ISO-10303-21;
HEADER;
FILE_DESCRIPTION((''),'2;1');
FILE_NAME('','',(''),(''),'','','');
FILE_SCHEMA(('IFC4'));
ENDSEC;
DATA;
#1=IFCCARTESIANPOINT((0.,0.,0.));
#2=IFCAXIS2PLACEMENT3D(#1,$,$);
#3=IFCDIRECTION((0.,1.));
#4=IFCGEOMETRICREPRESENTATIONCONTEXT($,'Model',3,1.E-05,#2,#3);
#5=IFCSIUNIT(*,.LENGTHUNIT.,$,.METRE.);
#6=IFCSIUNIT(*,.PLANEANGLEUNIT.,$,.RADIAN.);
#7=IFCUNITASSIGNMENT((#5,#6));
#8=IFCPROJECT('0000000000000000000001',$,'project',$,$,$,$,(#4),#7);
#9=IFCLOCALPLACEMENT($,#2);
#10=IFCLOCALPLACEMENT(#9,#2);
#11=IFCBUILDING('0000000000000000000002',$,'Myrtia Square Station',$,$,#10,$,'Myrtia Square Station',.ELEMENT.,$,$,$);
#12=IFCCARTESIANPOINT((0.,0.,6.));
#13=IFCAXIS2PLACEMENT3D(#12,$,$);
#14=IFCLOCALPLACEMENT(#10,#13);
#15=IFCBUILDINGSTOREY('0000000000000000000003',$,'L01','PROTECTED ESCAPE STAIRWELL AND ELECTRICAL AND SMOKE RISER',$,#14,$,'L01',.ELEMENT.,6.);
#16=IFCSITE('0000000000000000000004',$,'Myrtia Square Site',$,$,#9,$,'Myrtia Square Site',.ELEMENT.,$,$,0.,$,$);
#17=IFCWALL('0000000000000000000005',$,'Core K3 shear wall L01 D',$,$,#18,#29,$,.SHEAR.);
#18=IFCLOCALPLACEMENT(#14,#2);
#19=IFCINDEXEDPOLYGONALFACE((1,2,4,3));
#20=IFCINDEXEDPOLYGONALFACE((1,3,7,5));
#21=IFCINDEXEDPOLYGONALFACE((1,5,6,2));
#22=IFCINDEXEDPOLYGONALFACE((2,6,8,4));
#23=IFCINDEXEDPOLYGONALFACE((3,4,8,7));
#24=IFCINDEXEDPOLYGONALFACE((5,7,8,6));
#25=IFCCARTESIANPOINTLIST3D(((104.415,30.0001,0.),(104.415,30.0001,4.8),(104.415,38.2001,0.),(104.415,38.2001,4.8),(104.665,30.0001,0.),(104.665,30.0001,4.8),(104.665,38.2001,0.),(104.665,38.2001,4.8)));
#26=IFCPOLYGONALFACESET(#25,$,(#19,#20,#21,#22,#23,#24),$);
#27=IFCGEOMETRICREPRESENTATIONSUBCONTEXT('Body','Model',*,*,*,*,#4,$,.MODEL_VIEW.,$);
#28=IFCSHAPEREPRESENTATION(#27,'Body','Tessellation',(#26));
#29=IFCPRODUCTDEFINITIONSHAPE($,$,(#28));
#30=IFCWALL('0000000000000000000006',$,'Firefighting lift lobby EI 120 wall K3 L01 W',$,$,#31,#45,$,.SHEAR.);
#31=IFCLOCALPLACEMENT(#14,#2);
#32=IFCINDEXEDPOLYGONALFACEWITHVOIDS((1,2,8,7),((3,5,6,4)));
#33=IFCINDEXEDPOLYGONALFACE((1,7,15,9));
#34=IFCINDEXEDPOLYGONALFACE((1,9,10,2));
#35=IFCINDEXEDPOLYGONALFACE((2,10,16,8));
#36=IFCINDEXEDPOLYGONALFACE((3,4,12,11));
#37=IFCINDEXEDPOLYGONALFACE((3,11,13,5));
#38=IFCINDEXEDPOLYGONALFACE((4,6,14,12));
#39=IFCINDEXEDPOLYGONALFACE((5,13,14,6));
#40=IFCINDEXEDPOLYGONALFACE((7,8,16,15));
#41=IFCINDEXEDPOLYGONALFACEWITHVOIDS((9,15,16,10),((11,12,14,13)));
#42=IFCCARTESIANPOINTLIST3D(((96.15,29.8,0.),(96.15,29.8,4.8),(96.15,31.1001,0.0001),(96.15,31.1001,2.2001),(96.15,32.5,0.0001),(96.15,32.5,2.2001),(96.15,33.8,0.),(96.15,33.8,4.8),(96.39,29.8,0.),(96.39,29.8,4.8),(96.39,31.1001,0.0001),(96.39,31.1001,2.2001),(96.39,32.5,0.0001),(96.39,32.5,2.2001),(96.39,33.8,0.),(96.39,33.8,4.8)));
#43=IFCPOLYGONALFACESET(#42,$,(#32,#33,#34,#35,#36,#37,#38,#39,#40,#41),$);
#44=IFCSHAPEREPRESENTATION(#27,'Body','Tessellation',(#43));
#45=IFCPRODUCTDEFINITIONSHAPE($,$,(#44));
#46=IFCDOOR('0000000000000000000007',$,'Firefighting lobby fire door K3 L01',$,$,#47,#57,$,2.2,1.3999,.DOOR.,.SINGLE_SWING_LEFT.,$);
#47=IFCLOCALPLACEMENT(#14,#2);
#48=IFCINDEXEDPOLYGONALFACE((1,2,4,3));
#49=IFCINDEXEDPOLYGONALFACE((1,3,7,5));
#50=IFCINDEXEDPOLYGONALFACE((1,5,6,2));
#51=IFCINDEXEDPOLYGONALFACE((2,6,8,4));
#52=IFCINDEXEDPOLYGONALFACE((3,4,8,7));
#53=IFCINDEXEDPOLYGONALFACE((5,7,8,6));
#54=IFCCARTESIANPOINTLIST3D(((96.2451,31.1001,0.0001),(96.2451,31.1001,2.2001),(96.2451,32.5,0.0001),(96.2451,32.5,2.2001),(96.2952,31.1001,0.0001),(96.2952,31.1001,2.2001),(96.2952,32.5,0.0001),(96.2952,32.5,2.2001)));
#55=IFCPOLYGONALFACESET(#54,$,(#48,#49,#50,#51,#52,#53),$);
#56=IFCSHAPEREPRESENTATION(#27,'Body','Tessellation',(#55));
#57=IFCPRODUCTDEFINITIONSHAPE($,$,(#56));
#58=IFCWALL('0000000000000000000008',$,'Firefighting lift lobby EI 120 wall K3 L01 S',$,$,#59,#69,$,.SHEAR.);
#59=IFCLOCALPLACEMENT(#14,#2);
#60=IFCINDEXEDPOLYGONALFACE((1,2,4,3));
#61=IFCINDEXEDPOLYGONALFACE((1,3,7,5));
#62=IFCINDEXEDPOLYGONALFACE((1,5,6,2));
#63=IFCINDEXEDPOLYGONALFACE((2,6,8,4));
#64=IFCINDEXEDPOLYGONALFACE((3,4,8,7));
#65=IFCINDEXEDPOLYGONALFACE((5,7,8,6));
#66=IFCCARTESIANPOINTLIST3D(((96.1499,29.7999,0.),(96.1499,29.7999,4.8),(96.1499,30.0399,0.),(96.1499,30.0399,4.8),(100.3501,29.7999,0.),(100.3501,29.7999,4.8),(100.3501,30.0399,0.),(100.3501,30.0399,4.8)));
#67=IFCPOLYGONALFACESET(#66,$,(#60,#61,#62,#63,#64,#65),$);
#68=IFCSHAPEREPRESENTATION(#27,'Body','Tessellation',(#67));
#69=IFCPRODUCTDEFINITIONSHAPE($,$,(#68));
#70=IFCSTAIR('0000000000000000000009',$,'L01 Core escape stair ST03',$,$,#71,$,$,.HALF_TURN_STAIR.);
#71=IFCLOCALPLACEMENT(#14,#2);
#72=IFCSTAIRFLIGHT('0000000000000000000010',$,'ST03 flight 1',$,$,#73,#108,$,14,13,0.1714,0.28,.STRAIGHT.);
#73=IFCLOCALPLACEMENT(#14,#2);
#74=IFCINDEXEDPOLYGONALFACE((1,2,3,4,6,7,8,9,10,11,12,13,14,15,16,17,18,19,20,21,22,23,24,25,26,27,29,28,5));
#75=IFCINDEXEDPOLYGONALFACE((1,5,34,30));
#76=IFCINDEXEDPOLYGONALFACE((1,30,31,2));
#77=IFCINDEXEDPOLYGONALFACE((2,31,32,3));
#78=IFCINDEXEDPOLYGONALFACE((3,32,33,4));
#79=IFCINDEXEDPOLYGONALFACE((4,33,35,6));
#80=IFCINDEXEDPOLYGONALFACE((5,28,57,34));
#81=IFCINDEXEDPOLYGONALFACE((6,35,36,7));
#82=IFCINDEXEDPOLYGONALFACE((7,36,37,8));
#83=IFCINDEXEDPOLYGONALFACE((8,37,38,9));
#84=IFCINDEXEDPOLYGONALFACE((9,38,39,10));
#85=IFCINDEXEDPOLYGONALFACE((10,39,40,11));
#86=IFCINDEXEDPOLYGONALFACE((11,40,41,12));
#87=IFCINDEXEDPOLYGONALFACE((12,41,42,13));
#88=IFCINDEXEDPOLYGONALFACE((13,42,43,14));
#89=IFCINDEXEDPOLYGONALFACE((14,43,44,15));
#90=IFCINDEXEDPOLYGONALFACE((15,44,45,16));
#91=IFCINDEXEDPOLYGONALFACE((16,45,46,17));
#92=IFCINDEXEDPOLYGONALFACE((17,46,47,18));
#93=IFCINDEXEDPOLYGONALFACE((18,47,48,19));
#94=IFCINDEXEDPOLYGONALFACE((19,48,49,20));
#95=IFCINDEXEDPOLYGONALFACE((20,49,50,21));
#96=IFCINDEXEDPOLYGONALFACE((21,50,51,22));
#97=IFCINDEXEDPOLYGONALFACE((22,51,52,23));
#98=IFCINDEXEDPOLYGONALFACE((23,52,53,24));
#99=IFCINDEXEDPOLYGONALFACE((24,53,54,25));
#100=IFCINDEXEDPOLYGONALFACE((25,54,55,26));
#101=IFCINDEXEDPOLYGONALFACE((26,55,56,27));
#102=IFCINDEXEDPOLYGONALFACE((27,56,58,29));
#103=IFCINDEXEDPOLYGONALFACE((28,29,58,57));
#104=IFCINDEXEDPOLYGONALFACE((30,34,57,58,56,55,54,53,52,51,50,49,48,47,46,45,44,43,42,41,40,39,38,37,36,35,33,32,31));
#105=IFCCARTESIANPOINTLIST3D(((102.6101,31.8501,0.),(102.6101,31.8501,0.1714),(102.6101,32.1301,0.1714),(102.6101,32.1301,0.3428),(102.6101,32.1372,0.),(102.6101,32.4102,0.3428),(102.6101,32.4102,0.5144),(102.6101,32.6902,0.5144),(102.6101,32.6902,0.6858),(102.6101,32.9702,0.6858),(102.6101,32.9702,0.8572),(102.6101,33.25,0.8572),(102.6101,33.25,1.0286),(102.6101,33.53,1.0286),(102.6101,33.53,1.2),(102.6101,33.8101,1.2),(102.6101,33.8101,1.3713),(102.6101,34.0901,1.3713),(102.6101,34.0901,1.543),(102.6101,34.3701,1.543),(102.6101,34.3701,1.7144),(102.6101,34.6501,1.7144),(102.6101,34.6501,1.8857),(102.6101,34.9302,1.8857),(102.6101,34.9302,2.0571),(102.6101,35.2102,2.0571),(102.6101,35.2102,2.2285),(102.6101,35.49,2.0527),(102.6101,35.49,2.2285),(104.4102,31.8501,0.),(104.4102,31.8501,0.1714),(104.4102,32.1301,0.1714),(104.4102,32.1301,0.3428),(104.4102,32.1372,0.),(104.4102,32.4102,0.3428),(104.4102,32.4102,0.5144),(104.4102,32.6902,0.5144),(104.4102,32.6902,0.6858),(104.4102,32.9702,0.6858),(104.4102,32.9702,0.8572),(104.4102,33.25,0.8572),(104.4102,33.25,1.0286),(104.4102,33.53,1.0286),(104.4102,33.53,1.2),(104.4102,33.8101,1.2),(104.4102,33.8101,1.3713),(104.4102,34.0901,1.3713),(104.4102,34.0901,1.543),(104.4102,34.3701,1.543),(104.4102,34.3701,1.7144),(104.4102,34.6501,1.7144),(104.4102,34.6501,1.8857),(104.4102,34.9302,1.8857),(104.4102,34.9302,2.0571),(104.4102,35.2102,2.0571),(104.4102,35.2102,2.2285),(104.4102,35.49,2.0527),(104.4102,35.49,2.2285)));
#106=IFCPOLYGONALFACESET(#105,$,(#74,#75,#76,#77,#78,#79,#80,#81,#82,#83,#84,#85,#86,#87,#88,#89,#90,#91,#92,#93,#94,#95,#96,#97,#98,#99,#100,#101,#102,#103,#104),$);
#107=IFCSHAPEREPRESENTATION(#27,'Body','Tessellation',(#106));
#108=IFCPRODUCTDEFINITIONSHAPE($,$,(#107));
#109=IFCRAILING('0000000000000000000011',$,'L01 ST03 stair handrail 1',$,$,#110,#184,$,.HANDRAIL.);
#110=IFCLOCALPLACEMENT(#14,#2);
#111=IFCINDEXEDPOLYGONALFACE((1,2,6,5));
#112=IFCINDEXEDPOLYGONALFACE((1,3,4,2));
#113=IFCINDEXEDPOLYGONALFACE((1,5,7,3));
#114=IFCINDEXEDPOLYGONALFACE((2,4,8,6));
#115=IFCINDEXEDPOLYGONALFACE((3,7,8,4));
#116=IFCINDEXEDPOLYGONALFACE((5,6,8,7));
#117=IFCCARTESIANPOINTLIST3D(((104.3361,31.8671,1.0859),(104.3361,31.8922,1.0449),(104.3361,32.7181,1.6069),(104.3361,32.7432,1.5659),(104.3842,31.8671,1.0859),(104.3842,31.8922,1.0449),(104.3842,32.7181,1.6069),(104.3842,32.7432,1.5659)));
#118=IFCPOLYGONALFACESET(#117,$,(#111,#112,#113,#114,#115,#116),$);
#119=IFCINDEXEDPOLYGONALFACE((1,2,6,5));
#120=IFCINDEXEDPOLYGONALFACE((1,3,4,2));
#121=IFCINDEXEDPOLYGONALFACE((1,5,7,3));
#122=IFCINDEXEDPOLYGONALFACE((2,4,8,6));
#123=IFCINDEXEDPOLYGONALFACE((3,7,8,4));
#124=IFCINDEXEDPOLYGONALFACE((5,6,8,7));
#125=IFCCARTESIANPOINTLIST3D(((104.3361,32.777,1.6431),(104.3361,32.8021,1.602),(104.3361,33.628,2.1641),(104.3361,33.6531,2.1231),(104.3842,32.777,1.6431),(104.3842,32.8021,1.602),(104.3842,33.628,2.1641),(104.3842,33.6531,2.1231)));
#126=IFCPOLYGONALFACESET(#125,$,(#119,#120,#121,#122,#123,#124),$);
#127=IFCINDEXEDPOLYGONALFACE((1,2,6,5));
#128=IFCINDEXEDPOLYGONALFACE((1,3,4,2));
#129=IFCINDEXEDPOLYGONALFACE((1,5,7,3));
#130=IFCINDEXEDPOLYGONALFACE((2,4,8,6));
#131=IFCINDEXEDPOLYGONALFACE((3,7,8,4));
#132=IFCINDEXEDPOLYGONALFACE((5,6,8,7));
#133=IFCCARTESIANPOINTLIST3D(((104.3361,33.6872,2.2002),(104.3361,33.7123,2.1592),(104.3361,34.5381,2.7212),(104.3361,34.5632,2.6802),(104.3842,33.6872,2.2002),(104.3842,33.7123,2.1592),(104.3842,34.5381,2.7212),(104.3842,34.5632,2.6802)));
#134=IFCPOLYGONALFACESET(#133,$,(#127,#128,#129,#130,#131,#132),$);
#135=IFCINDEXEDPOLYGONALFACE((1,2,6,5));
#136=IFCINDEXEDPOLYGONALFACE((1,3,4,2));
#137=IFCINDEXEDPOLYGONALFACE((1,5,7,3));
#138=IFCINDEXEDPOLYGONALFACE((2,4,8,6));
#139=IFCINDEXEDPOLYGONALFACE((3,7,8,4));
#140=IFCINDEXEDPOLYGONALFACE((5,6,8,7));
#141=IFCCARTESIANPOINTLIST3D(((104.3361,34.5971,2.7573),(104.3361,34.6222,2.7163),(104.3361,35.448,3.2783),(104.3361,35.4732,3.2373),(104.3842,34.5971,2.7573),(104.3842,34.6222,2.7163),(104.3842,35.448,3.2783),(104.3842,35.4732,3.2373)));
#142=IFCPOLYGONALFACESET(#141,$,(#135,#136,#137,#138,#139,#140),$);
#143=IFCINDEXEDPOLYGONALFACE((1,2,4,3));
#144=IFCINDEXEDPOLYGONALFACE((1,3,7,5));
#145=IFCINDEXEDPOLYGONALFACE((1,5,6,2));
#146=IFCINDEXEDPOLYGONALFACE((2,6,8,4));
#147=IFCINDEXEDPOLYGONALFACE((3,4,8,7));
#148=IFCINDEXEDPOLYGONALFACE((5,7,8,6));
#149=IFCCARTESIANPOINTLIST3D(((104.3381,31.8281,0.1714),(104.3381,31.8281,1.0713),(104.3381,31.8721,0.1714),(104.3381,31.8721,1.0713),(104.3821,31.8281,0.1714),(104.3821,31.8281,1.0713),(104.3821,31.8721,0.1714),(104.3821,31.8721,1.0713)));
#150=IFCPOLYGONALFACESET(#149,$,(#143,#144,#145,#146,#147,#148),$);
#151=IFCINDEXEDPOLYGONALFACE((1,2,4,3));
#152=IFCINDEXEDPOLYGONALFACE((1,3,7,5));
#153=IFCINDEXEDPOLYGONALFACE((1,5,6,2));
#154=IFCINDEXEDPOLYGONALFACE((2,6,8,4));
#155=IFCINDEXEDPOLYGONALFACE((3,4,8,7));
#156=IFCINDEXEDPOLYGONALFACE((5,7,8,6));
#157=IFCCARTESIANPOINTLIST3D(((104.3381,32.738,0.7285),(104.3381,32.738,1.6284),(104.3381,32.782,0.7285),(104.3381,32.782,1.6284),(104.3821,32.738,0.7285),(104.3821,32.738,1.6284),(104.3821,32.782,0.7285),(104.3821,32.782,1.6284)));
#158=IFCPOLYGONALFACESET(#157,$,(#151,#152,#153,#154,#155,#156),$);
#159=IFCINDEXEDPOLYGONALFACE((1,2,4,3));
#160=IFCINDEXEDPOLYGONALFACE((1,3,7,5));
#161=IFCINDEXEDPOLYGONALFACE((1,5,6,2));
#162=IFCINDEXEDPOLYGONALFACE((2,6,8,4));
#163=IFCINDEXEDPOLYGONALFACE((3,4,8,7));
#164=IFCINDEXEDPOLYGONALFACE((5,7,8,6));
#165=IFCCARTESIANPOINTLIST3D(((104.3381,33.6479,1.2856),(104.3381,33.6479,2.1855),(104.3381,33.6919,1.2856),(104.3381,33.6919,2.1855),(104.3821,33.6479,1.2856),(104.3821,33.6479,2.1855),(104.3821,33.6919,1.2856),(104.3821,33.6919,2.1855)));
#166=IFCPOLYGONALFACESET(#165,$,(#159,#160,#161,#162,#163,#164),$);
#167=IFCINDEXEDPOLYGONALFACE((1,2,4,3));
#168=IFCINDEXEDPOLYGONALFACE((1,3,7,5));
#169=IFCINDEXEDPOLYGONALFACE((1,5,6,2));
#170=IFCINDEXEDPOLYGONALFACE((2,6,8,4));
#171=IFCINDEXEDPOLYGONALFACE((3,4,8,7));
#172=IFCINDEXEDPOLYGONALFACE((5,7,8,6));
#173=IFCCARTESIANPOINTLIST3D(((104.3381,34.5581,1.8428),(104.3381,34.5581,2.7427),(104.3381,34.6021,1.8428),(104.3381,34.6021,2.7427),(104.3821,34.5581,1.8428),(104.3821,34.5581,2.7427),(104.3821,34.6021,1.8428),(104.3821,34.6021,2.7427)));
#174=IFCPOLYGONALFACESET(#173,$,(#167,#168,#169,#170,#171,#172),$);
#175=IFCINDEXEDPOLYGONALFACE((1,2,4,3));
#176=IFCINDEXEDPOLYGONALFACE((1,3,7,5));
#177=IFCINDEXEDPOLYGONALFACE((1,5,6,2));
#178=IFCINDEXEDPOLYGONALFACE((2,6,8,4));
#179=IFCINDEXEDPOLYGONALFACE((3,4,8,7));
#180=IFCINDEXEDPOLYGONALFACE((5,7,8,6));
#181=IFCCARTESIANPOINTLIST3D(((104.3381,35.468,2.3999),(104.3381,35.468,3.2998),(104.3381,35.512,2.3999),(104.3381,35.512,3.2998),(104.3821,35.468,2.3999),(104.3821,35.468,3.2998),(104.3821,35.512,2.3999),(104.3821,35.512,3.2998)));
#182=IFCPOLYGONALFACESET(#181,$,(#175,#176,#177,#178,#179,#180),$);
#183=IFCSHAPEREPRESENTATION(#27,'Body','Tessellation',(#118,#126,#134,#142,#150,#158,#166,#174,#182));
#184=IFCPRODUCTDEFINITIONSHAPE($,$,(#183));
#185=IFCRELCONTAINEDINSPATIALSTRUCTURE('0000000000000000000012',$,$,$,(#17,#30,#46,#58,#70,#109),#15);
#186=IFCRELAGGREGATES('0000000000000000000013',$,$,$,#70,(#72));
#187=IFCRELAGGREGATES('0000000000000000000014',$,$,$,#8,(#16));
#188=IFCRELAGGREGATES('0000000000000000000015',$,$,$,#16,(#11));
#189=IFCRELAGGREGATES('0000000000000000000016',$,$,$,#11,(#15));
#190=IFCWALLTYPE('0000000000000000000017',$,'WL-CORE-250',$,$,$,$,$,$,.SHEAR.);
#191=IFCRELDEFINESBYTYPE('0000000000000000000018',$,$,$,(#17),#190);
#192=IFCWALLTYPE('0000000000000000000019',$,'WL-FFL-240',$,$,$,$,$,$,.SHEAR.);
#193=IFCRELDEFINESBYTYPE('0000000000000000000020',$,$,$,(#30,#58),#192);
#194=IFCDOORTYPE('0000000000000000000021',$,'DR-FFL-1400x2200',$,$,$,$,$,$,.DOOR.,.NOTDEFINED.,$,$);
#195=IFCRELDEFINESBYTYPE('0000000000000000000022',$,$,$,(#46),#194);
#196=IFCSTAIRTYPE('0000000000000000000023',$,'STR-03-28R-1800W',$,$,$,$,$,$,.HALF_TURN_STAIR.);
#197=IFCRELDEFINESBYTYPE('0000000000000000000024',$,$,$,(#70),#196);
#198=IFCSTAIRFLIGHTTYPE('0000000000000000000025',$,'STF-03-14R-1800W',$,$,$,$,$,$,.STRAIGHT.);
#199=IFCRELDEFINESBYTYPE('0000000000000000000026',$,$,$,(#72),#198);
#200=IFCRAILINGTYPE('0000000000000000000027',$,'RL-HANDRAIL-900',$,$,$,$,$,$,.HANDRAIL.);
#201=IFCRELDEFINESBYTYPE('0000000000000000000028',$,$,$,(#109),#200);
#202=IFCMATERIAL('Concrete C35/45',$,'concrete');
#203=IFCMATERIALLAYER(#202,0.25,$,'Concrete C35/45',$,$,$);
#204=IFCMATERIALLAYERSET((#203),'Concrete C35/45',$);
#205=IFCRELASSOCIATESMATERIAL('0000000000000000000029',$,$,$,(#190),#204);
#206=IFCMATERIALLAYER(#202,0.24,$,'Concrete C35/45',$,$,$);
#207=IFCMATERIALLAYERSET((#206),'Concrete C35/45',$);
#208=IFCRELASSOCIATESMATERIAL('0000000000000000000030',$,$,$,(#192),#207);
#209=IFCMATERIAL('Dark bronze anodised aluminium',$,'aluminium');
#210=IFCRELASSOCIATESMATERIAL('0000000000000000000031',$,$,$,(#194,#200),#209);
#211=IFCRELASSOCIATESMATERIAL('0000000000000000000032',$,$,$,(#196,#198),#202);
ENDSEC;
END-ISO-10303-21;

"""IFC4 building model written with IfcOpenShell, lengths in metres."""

from ifc_helpers import new_model, si_unit, direction, frame, frame_2d, origin, origin_2d, place, context, subcontext, project, spatial, polyline, rectangle, outline, extrude, material, layer, layer_set, type_object, element, fill, aggregate, save


model = new_model("IFC4")

# Units and contexts
model_context = context("Model", 3, precision=1e-05, world=origin(), true_north=direction((0.0, 1.0)))
body_context = subcontext(model_context, "Body", "Model", "MODEL_VIEW")
ifc_project = project(units=[si_unit("LENGTHUNIT", "METRE"), si_unit("PLANEANGLEUNIT", "RADIAN")], contexts=[model_context])

# Site, building, storey
site_placement = place(None, origin())
site = spatial("IfcSite", under=ifc_project, at=site_placement, Name="Myrtia Square Site", LongName="Myrtia Square Site", CompositionType="ELEMENT", RefElevation=0.0)
building_placement = place(site_placement, origin())
building = spatial("IfcBuilding", under=site, at=building_placement, Name="Myrtia Square Station", LongName="Myrtia Square Station", CompositionType="ELEMENT")
storey_placement = place(building_placement, frame((0.0, 0.0, 6.0)))
storey = spatial("IfcBuildingStorey", under=building, at=storey_placement, Name="L01", Description="PROTECTED ESCAPE STAIRWELL AND ELECTRICAL AND SMOKE RISER", LongName="L01", CompositionType="ELEMENT", Elevation=6.0)

# Shared definitions
ifc_material_1 = material(Name="Dark bronze anodised aluminium", Category="aluminium")

# Shared definitions
ifc_material_2 = material(Name="Concrete C35/45", Category="concrete")
ifc_layer_1 = layer(ifc_material_2, 0.25, Name="Concrete C35/45")
ifc_layer_set_1 = layer_set([ifc_layer_1], Name="Concrete C35/45")
wall_type_1 = type_object("IfcWallType", Name="WL-CORE-250", PredefinedType="SHEAR", material=ifc_layer_set_1)

# Wall
wall_1_placement = place(storey_placement, frame((104.54, 30.0, 0.0), z_axis=(0.0, 0.0, 1.0), x_axis=(0.0, 1.0, 0.0)))
element("IfcWall", 1, at=wall_1_placement, inside=storey, type_object=wall_type_1, Name="Core K3 shear wall L01 D", PredefinedType="SHEAR", context=body_context, shape_type="SweptSolid", body=[
    extrude(rectangle(XDim=8.2, YDim=0.25, at=frame_2d((4.1001, 0.0))), origin(), (0.0, 0.0, 1.0), 4.8),
])

# Wall, opening, door
ifc_layer_2 = layer(ifc_material_2, 0.24, Name="Concrete C35/45")
ifc_layer_set_2 = layer_set([ifc_layer_2], Name="Concrete C35/45")
wall_type_2 = type_object("IfcWallType", Name="WL-FFL-240", PredefinedType="SHEAR", material=ifc_layer_set_2)
wall_2_placement = place(storey_placement, frame((96.27, 29.8, 0.0), z_axis=(0.0, 0.0, 1.0), x_axis=(0.0, 1.0, 0.0)))
wall_2 = element("IfcWall", 2, at=wall_2_placement, inside=storey, type_object=wall_type_2, Name="Firefighting lift lobby EI 120 wall K3 L01 W", PredefinedType="SHEAR", context=body_context, shape_type="SweptSolid", body=[
    extrude(rectangle(XDim=4.0, YDim=0.24, at=frame_2d((2.0, 0.0))), origin(), (0.0, 0.0, 1.0), 4.8),
])
opening_1_placement = place(wall_2_placement, frame((1.3, 0.0, 0.0)))
opening_1 = element("IfcOpeningElement", 3, at=opening_1_placement, cuts=wall_2, PredefinedType="OPENING", context=body_context, shape_type="SweptSolid", body=[
    extrude(rectangle(XDim=1.3999, YDim=2.2, at=frame_2d((0.7, 1.1001))), frame((0.0, 0.135, 0.0), z_axis=(0.0, -1.0, 0.0), x_axis=(1.0, 0.0, 0.0)), (0.0, 0.0, 1.0), 0.27),
])
door_type_1 = type_object("IfcDoorType", Name="DR-FFL-1400x2200", OperationType="NOTDEFINED", PredefinedType="DOOR", material=ifc_material_1)
door_1_placement = place(opening_1_placement, origin())
door_1 = element("IfcDoor", 4, at=door_1_placement, inside=storey, type_object=door_type_1, Name="Firefighting lobby fire door K3 L01", OperationType="SINGLE_SWING_LEFT", OverallHeight=2.2, OverallWidth=1.3999, PredefinedType="DOOR", context=body_context, shape_type="SweptSolid", body=[
    extrude(rectangle(XDim=1.3999, YDim=2.2, at=frame_2d((0.7, 1.1001))), frame((0.0, 0.0249, 0.0), z_axis=(0.0, -1.0, 0.0), x_axis=(1.0, 0.0, 0.0)), (0.0, 0.0, 1.0), 0.05),
])
fill(opening_1, door_1)

# Wall
wall_3_placement = place(storey_placement, frame((96.1499, 29.9199, 0.0), z_axis=(0.0, 0.0, 1.0), x_axis=(1.0, 0.0, 0.0)))
element("IfcWall", 5, at=wall_3_placement, inside=storey, type_object=wall_type_2, Name="Firefighting lift lobby EI 120 wall K3 L01 S", PredefinedType="SHEAR", context=body_context, shape_type="SweptSolid", body=[
    extrude(rectangle(XDim=4.2002, YDim=0.24, at=frame_2d((2.1001, 0.0))), origin(), (0.0, 0.0, 1.0), 4.8),
])

# Stair, stair flight
stair_type = type_object("IfcStairType", Name="STR-03-28R-1800W", PredefinedType="HALF_TURN_STAIR", material=ifc_material_2)
stair_placement = place(storey_placement, origin())
stair = element("IfcStair", 6, at=stair_placement, inside=storey, type_object=stair_type, Name="L01 Core escape stair ST03", PredefinedType="HALF_TURN_STAIR")
stair_flight_type = type_object("IfcStairFlightType", Name="STF-03-14R-1800W", PredefinedType="STRAIGHT", material=ifc_material_2)
stair_flight_placement = place(storey_placement, frame((103.51, 31.8501, 0.0), z_axis=(0.0, 0.0, 1.0), x_axis=(0.0, 1.0, 0.0)))
stair_flight = element("IfcStairFlight", 7, at=stair_flight_placement, type_object=stair_flight_type, Name="ST03 flight 1", NumberOfRisers=14, NumberOfTreads=13, PredefinedType="STRAIGHT", RiserHeight=0.1714, TreadLength=0.28, context=body_context, shape_type="SweptSolid", body=[
    extrude(outline(polyline([(0.0, 0.0), (0.0, 0.1714), (0.28, 0.1714), (0.28, 0.3428), (0.5601, 0.3428), (0.5601, 0.5144), (0.8401, 0.5144), (0.8401, 0.6858), (1.1201, 0.6858), (1.1201, 0.8572), (1.3999, 0.8572), (1.3999, 1.0286), (1.6799, 1.0286), (1.6799, 1.2), (1.96, 1.2), (1.96, 1.3713), (2.24, 1.3713), (2.24, 1.543), (2.52, 1.543), (2.52, 1.7144), (2.8, 1.7144), (2.8, 1.8857), (3.0801, 1.8857), (3.0801, 2.0571), (3.3601, 2.0571), (3.3601, 2.2285), (3.6399, 2.2285), (3.6399, 2.3999), (3.6399, 2.0527), (0.2871, 0.0), (0.0, 0.0)])), frame((0.0, 0.8999, 0.0), z_axis=(0.0, -1.0, 0.0), x_axis=(1.0, 0.0, 0.0)), (0.0, 0.0, 1.0), 1.8),
])
aggregate(stair, [stair_flight])

# Railing
railing_type_1 = type_object("IfcRailingType", Name="RL-HANDRAIL-900", PredefinedType="HANDRAIL", material=ifc_material_1)
railing_1_placement = place(storey_placement, frame((104.3601, 31.8501, 0.1714)))
element("IfcRailing", 8, at=railing_1_placement, inside=storey, type_object=railing_type_1, Name="L01 ST03 stair handrail 1", PredefinedType="HANDRAIL", context=body_context, shape_type="SweptSolid", body=[
    extrude(rectangle(XDim=0.0481, YDim=0.0481, at=origin_2d()), frame((0.0, 0.0295, 0.894), z_axis=(0.0, 0.85285, 0.522156), x_axis=(-1.0, 0.0, 0.0)), (0.0, 0.0, 1.0), 0.9978),
    extrude(rectangle(XDim=0.0481, YDim=0.0481, at=origin_2d()), frame((0.0, 0.9395, 1.4512), z_axis=(0.0, 0.85285, 0.522156), x_axis=(-1.0, 0.0, 0.0)), (0.0, 0.0, 1.0), 0.9978),
    extrude(rectangle(XDim=0.0481, YDim=0.0481, at=origin_2d()), frame((0.0, 1.8496, 2.0083), z_axis=(0.0, 0.85285, 0.522156), x_axis=(-1.0, 0.0, 0.0)), (0.0, 0.0, 1.0), 0.9978),
    extrude(rectangle(XDim=0.0481, YDim=0.0481, at=origin_2d()), frame((0.0, 2.7595, 2.5654), z_axis=(0.0, 0.85285, 0.522156), x_axis=(-1.0, 0.0, 0.0)), (0.0, 0.0, 1.0), 0.9978),
    extrude(rectangle(XDim=0.0439, YDim=0.0439, at=origin_2d()), origin(), (0.0, 0.0, 1.0), 0.8999),
    extrude(rectangle(XDim=0.0439, YDim=0.0439, at=origin_2d()), frame((0.0, 0.9099, 0.5571)), (0.0, 0.0, 1.0), 0.8999),
    extrude(rectangle(XDim=0.0439, YDim=0.0439, at=origin_2d()), frame((0.0, 1.8198, 1.1143)), (0.0, 0.0, 1.0), 0.8999),
    extrude(rectangle(XDim=0.0439, YDim=0.0439, at=origin_2d()), frame((0.0, 2.73, 1.6714)), (0.0, 0.0, 1.0), 0.8999),
    extrude(rectangle(XDim=0.0439, YDim=0.0439, at=origin_2d()), frame((0.0, 3.6399, 2.2285)), (0.0, 0.0, 1.0), 0.8999),
])

save(model, "model.ifc")
